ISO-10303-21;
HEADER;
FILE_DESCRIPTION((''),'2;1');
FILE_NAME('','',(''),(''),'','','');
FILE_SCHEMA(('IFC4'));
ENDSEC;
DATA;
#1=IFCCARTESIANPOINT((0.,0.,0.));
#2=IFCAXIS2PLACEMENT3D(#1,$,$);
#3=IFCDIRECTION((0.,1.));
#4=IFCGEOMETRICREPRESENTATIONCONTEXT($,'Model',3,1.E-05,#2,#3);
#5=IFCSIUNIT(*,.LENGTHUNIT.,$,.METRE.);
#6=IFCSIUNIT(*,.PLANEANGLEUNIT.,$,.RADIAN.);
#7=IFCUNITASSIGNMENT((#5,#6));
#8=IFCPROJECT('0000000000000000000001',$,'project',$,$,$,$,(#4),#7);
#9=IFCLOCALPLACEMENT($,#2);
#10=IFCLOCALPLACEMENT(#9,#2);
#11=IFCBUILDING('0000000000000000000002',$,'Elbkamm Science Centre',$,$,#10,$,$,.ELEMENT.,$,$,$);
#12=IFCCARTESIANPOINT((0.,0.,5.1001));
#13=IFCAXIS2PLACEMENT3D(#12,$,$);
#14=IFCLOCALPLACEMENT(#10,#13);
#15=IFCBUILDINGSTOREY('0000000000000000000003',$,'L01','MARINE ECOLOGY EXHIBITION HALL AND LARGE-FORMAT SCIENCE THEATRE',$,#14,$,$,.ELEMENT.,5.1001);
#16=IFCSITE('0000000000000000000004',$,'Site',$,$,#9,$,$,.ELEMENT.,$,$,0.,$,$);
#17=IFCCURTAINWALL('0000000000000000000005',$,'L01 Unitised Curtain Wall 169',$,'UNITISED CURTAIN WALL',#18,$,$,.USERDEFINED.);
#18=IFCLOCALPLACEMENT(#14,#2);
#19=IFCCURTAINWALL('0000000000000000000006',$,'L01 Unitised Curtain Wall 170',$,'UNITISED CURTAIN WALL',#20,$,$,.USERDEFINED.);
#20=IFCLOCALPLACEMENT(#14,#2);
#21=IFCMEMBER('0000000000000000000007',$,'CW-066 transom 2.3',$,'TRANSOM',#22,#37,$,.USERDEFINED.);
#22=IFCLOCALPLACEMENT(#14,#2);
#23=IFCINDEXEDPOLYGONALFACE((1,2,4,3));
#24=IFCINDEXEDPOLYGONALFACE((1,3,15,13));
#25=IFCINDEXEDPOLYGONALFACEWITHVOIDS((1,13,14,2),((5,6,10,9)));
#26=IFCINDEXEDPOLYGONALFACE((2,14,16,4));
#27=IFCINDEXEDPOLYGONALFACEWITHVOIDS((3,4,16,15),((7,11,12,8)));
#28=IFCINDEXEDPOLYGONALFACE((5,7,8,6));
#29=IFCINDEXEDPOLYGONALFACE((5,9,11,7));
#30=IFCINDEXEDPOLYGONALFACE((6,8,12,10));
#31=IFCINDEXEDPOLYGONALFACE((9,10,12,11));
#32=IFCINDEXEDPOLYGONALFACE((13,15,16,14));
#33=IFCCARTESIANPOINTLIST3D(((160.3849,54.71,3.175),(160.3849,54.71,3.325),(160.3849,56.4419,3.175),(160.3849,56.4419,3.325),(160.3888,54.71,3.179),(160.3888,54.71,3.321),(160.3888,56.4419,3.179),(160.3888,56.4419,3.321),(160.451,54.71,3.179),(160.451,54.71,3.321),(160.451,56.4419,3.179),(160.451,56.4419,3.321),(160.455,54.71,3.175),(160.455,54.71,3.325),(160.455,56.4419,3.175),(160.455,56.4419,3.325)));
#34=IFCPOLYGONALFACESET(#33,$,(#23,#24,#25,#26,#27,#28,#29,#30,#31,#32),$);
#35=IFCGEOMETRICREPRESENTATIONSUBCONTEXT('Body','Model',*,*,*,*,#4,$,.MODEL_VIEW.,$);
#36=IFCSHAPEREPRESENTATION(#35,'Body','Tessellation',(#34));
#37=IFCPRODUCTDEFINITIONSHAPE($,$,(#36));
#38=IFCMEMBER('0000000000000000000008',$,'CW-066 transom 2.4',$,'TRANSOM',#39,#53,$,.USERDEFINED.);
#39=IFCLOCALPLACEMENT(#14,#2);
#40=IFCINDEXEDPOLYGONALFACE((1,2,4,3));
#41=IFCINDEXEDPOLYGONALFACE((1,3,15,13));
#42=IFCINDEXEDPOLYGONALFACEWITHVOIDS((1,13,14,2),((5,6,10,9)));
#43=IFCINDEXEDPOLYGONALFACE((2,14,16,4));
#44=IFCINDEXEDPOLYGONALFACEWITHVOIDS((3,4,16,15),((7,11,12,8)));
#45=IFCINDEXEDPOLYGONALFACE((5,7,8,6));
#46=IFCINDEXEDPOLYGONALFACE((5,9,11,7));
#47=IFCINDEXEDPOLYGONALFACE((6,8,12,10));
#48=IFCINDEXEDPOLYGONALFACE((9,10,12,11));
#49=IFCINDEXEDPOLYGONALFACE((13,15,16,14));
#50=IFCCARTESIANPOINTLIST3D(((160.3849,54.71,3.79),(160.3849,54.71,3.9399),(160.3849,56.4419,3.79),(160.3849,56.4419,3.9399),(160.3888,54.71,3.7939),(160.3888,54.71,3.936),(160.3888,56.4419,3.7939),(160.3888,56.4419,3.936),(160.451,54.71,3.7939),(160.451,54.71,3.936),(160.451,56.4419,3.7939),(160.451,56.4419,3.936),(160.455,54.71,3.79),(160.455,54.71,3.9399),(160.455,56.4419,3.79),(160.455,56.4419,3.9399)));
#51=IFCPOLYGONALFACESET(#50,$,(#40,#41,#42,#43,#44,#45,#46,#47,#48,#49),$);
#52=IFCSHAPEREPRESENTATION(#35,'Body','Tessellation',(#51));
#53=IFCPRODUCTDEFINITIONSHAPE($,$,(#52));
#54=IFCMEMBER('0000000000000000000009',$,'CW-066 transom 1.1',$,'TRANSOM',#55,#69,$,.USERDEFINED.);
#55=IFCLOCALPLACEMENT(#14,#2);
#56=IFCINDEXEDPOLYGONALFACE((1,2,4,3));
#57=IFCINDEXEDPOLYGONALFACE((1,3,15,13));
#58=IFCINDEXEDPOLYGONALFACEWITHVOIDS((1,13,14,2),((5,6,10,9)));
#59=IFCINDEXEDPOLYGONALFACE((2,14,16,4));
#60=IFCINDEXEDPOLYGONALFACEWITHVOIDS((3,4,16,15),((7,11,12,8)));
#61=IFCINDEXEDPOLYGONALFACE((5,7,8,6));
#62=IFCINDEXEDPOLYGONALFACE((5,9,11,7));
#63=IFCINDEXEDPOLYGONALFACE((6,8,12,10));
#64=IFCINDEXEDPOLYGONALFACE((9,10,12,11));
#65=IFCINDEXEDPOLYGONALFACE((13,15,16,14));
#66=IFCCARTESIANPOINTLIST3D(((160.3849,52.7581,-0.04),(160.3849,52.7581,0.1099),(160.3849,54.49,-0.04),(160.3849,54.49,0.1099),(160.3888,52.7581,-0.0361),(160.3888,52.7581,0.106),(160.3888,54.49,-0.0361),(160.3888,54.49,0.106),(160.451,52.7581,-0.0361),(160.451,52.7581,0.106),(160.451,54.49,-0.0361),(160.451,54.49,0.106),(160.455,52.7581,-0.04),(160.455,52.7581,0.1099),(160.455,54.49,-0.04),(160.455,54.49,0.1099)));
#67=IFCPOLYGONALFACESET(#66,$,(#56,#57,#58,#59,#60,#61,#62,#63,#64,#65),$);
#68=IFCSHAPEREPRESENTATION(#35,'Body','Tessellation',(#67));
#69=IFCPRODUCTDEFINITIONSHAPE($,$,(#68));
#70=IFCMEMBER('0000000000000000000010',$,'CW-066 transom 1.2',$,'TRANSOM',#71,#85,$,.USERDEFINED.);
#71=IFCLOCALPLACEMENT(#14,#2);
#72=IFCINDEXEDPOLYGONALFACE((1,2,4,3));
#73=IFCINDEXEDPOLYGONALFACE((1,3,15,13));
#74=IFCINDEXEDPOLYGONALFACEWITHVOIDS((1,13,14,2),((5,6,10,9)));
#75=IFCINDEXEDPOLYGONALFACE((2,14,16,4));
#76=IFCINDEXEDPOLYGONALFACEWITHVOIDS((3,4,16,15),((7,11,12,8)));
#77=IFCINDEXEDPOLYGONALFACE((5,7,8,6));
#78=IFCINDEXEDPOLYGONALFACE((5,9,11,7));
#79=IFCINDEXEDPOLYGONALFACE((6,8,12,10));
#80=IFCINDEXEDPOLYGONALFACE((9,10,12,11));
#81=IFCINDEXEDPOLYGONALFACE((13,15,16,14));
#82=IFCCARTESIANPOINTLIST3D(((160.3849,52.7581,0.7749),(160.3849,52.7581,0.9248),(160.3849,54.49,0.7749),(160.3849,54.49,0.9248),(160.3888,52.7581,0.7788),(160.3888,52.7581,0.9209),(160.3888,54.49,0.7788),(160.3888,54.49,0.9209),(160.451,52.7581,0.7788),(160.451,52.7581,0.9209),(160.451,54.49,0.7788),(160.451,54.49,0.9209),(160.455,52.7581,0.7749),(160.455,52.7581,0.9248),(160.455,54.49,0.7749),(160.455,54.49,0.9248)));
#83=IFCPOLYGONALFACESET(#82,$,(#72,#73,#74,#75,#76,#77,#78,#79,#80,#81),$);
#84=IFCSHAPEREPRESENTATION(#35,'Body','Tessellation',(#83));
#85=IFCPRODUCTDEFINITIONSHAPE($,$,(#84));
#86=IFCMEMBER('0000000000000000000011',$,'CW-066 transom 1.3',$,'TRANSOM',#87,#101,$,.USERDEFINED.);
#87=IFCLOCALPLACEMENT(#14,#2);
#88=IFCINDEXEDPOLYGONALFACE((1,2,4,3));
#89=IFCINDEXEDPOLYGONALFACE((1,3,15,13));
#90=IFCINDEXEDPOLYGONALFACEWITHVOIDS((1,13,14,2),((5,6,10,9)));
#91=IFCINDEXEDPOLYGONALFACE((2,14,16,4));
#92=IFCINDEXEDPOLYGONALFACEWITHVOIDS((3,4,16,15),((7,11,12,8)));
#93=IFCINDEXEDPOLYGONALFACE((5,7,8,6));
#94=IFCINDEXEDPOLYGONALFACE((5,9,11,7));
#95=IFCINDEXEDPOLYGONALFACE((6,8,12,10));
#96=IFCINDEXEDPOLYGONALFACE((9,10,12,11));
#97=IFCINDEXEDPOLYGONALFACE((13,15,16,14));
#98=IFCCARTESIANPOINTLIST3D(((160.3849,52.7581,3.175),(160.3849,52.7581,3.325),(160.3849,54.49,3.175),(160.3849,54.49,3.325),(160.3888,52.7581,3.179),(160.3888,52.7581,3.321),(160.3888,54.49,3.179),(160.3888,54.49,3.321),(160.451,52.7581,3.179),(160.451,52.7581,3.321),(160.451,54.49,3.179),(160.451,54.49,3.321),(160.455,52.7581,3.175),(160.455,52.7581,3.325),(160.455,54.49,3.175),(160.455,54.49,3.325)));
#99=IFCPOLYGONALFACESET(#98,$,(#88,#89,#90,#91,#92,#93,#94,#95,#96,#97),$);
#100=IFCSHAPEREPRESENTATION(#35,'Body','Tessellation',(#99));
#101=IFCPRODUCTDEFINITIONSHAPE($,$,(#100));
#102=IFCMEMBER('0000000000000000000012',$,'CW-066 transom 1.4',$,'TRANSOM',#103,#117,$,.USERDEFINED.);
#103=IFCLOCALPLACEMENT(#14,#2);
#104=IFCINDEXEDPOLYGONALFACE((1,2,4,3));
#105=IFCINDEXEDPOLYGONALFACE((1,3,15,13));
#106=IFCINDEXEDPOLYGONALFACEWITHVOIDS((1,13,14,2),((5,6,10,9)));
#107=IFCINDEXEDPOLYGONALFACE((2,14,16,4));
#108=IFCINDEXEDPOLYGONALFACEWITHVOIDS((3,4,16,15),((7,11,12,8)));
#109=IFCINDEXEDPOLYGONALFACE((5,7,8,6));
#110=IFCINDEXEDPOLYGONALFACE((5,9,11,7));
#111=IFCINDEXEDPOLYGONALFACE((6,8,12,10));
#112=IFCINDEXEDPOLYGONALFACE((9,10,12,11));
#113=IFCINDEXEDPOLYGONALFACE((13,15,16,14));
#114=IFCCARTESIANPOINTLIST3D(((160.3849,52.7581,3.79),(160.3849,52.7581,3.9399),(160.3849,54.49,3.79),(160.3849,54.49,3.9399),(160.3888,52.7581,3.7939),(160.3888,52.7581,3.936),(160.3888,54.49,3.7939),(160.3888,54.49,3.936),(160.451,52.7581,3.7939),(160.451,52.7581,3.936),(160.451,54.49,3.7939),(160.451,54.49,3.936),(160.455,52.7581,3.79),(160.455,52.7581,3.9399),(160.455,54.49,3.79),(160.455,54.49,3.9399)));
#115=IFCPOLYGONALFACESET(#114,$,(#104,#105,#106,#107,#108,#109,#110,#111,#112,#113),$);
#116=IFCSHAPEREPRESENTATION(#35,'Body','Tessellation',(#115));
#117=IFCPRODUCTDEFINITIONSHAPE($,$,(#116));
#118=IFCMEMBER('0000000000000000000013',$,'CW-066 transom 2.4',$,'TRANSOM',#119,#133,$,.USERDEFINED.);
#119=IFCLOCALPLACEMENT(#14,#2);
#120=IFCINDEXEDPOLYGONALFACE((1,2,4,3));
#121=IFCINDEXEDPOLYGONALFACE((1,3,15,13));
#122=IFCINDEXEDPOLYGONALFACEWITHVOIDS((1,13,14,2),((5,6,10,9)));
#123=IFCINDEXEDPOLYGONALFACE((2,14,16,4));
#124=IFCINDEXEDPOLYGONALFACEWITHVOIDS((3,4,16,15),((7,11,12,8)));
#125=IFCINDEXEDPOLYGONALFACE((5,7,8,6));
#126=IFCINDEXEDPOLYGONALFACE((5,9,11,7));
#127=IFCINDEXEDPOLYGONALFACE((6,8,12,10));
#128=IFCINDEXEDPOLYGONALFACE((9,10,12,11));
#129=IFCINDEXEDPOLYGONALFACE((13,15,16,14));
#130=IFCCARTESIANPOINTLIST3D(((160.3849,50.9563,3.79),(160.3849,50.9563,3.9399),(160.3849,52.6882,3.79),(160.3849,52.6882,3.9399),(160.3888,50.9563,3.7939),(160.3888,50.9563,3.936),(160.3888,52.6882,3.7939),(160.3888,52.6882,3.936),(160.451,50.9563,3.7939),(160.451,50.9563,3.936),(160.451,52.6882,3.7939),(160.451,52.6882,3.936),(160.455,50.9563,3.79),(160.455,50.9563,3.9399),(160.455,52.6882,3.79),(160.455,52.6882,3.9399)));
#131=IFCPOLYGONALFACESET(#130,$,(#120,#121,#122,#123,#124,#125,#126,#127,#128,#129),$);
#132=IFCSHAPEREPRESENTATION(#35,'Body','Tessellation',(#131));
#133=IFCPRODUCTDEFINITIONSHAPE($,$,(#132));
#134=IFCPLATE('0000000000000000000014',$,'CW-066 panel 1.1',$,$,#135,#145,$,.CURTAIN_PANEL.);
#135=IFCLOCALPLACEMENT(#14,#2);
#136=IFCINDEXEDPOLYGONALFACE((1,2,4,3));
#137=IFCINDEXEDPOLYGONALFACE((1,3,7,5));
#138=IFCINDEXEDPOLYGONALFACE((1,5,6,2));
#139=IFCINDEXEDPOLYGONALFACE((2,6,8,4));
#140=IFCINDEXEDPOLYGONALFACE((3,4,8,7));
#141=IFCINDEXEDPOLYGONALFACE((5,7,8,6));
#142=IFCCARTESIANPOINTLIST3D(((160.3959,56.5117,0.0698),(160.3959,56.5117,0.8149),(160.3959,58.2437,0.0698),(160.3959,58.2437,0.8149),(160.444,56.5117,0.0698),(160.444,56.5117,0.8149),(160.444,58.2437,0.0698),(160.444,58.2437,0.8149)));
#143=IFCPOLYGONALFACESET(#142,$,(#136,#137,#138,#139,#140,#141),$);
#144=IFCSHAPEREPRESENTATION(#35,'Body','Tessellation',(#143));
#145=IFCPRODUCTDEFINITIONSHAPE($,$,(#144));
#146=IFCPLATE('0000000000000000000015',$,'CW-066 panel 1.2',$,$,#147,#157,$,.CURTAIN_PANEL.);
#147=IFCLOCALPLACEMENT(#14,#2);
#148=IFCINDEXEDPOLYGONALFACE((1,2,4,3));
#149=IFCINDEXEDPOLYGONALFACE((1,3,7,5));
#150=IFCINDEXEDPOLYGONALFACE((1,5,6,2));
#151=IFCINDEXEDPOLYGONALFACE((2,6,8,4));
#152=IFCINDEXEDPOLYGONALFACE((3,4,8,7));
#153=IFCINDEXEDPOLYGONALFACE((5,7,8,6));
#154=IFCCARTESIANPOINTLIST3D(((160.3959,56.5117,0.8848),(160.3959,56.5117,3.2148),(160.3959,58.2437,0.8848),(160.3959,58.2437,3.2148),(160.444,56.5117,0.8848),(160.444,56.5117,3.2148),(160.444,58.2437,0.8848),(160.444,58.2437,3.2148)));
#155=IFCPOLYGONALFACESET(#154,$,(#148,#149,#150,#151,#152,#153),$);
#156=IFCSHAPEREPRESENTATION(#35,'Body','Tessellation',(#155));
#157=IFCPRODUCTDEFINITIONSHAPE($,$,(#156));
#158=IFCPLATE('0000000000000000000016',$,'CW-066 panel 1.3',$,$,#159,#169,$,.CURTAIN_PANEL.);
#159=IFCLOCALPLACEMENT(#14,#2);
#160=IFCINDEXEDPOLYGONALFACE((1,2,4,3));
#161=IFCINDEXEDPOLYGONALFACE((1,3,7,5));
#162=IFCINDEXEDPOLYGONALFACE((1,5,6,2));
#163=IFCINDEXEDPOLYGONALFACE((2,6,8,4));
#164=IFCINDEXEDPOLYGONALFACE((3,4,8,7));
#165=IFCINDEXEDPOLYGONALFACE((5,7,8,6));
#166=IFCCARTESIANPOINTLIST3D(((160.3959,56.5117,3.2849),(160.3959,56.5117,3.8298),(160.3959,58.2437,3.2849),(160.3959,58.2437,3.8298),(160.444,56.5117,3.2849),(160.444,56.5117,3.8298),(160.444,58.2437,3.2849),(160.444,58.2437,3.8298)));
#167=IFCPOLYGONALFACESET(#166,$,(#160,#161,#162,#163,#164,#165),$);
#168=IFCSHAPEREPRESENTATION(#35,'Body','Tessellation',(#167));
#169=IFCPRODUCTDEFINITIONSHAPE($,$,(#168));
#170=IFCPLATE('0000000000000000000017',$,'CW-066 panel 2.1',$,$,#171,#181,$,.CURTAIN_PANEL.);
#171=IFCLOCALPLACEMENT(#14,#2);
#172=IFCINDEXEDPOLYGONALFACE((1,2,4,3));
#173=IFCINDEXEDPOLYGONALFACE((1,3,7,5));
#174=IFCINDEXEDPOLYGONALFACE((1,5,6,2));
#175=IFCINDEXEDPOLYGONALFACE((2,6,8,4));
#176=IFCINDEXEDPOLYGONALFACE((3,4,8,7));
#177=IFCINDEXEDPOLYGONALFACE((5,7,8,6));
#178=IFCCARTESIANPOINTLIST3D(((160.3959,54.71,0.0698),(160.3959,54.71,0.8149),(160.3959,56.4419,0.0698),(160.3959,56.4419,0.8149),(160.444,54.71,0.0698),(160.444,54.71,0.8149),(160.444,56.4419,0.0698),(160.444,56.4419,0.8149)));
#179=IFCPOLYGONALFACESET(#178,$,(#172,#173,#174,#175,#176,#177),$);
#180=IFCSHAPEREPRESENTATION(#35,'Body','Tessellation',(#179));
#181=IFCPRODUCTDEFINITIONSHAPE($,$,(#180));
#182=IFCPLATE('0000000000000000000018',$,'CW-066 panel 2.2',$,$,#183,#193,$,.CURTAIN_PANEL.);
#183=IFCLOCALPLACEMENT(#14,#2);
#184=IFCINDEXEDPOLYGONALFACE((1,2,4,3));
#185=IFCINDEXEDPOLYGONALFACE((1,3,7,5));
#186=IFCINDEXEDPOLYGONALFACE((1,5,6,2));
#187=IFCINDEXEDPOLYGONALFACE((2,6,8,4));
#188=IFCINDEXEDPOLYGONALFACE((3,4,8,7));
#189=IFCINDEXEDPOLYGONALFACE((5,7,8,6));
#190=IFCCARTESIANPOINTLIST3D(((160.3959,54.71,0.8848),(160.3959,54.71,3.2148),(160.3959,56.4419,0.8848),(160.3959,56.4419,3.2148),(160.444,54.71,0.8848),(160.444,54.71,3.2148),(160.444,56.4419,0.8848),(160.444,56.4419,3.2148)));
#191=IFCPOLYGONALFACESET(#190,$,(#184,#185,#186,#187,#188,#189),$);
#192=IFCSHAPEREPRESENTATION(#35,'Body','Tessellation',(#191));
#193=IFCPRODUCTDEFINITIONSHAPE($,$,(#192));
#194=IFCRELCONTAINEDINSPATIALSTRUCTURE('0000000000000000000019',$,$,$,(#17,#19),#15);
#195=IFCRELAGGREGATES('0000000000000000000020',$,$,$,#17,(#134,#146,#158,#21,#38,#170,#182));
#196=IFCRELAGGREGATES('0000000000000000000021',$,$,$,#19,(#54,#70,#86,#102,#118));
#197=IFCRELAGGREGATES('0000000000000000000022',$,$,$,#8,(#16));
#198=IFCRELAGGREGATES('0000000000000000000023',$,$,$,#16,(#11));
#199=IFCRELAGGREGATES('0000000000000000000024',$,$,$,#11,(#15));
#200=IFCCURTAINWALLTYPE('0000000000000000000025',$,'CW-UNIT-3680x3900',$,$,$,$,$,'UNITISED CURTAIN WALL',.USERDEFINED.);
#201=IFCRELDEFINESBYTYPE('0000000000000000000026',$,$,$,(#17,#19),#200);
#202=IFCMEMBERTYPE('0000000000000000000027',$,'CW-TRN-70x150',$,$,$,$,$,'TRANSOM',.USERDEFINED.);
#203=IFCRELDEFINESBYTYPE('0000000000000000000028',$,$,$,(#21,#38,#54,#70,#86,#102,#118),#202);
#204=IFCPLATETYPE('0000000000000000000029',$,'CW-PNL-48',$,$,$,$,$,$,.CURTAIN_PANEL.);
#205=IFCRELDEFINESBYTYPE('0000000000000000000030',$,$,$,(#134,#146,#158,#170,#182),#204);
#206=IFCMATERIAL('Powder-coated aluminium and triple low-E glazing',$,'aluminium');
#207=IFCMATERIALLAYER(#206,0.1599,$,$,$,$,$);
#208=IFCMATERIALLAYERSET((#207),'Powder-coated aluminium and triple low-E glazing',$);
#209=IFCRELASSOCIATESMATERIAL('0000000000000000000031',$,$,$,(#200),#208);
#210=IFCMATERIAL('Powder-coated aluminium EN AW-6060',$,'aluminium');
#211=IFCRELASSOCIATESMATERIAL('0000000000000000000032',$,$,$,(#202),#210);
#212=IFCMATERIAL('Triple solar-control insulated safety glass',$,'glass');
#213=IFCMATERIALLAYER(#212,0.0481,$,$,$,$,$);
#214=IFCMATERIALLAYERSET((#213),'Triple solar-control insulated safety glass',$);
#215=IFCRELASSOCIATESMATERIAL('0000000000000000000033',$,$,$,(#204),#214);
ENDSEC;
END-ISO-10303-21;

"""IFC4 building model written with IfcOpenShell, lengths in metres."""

from ifc_helpers import new_model, si_unit, direction, frame, origin, origin_2d, place, context, subcontext, project, spatial, rectangle, hollow_rectangle, extrude, material, layer, layer_set, material_profile, profile_set, type_object, element, aggregate, save


model = new_model("IFC4")

# Units and contexts
model_context = context("Model", 3, precision=1e-05, world=origin(), true_north=direction((0.0, 1.0)))
body_context = subcontext(model_context, "Body", "Model", "MODEL_VIEW")
ifc_project = project(units=[si_unit("LENGTHUNIT", "METRE"), si_unit("PLANEANGLEUNIT", "RADIAN")], contexts=[model_context])

# Site, building, storey
site_placement = place(None, origin())
site = spatial("IfcSite", under=ifc_project, at=site_placement, Name="Site", CompositionType="ELEMENT", RefElevation=0.0)
building_placement = place(site_placement, origin())
building = spatial("IfcBuilding", under=site, at=building_placement, Name="Elbkamm Science Centre", CompositionType="ELEMENT")
storey_placement = place(building_placement, frame((0.0, 0.0, 5.1001)))
storey = spatial("IfcBuildingStorey", under=building, at=storey_placement, Name="L01", Description="MARINE ECOLOGY EXHIBITION HALL AND LARGE-FORMAT SCIENCE THEATRE", CompositionType="ELEMENT", Elevation=5.1001)

# Curtain walls
ifc_material_1 = material(Name="Powder-coated aluminium and triple low-E glazing", Category="aluminium")
ifc_layer_1 = layer(ifc_material_1, 0.1599)
ifc_layer_set_1 = layer_set([ifc_layer_1], Name="Powder-coated aluminium and triple low-E glazing")
curtain_wall_type = type_object("IfcCurtainWallType", Name="CW-UNIT-3680x3900", ElementType="UNITISED CURTAIN WALL", PredefinedType="USERDEFINED", material=ifc_layer_set_1)
curtain_wall_1_placement = place(storey_placement, origin())
curtain_wall_1 = element("IfcCurtainWall", 1, at=curtain_wall_1_placement, inside=storey, type_object=curtain_wall_type, Name="L01 Unitised Curtain Wall 169", ObjectType="UNITISED CURTAIN WALL", PredefinedType="USERDEFINED")
ifc_material_2 = material(Name="Powder-coated aluminium EN AW-6060", Category="aluminium")
curtain_wall_2_placement = place(storey_placement, origin())
curtain_wall_2 = element("IfcCurtainWall", 2, at=curtain_wall_2_placement, inside=storey, type_object=curtain_wall_type, Name="L01 Unitised Curtain Wall 170", ObjectType="UNITISED CURTAIN WALL", PredefinedType="USERDEFINED")

# Members
ifc_material_profile_1 = material_profile(ifc_material_2, hollow_rectangle(XDim=0.0701, YDim=0.1499, WallThickness=0.0039, at=origin_2d()), Name="ALU T70x150")
ifc_profile_set_1 = profile_set([ifc_material_profile_1], Name="Powder-coated aluminium EN AW-6060")
member_type_1 = type_object("IfcMemberType", Name="CW-TRN-70x150", ElementType="TRANSOM", PredefinedType="USERDEFINED", material=ifc_profile_set_1)
member_1_placement = place(storey_placement, frame((160.4199, 56.4419, 3.25), z_axis=(0.0, -1.0, 0.0), x_axis=(1.0, 0.0, 0.0)))
member_1 = element("IfcMember", 3, at=member_1_placement, type_object=member_type_1, Name="CW-066 transom 2.3", ObjectType="TRANSOM", PredefinedType="USERDEFINED", context=body_context, shape_type="SweptSolid", body=[
    extrude(hollow_rectangle(XDim=0.0701, YDim=0.1499, WallThickness=0.0039, at=origin_2d()), origin(), (0.0, 0.0, 1.0), 1.7319),
])
member_2_placement = place(storey_placement, frame((160.4199, 56.4419, 3.865), z_axis=(0.0, -1.0, 0.0), x_axis=(1.0, 0.0, 0.0)))
member_2 = element("IfcMember", 4, at=member_2_placement, type_object=member_type_1, Name="CW-066 transom 2.4", ObjectType="TRANSOM", PredefinedType="USERDEFINED", context=body_context, shape_type="SweptSolid", body=[
    extrude(hollow_rectangle(XDim=0.0701, YDim=0.1499, WallThickness=0.0039, at=origin_2d()), origin(), (0.0, 0.0, 1.0), 1.7319),
])
member_3_placement = place(storey_placement, frame((160.4199, 54.49, 0.0349), z_axis=(0.0, -1.0, 0.0), x_axis=(1.0, 0.0, 0.0)))
member_3 = element("IfcMember", 5, at=member_3_placement, type_object=member_type_1, Name="CW-066 transom 1.1", ObjectType="TRANSOM", PredefinedType="USERDEFINED", context=body_context, shape_type="SweptSolid", body=[
    extrude(hollow_rectangle(XDim=0.0701, YDim=0.1499, WallThickness=0.0039, at=origin_2d()), origin(), (0.0, 0.0, 1.0), 1.7319),
])
member_4_placement = place(storey_placement, frame((160.4199, 54.49, 0.8499), z_axis=(0.0, -1.0, 0.0), x_axis=(1.0, 0.0, 0.0)))
member_4 = element("IfcMember", 6, at=member_4_placement, type_object=member_type_1, Name="CW-066 transom 1.2", ObjectType="TRANSOM", PredefinedType="USERDEFINED", context=body_context, shape_type="SweptSolid", body=[
    extrude(hollow_rectangle(XDim=0.0701, YDim=0.1499, WallThickness=0.0039, at=origin_2d()), origin(), (0.0, 0.0, 1.0), 1.7319),
])
member_5_placement = place(storey_placement, frame((160.4199, 54.49, 3.25), z_axis=(0.0, -1.0, 0.0), x_axis=(1.0, 0.0, 0.0)))
member_5 = element("IfcMember", 7, at=member_5_placement, type_object=member_type_1, Name="CW-066 transom 1.3", ObjectType="TRANSOM", PredefinedType="USERDEFINED", context=body_context, shape_type="SweptSolid", body=[
    extrude(hollow_rectangle(XDim=0.0701, YDim=0.1499, WallThickness=0.0039, at=origin_2d()), origin(), (0.0, 0.0, 1.0), 1.7319),
])
member_6_placement = place(storey_placement, frame((160.4199, 54.49, 3.865), z_axis=(0.0, -1.0, 0.0), x_axis=(1.0, 0.0, 0.0)))
member_6 = element("IfcMember", 8, at=member_6_placement, type_object=member_type_1, Name="CW-066 transom 1.4", ObjectType="TRANSOM", PredefinedType="USERDEFINED", context=body_context, shape_type="SweptSolid", body=[
    extrude(hollow_rectangle(XDim=0.0701, YDim=0.1499, WallThickness=0.0039, at=origin_2d()), origin(), (0.0, 0.0, 1.0), 1.7319),
])
member_7_placement = place(storey_placement, frame((160.4199, 52.6882, 3.865), z_axis=(0.0, -1.0, 0.0), x_axis=(1.0, 0.0, 0.0)))
member_7 = element("IfcMember", 9, at=member_7_placement, type_object=member_type_1, Name="CW-066 transom 2.4", ObjectType="TRANSOM", PredefinedType="USERDEFINED", context=body_context, shape_type="SweptSolid", body=[
    extrude(hollow_rectangle(XDim=0.0701, YDim=0.1499, WallThickness=0.0039, at=origin_2d()), origin(), (0.0, 0.0, 1.0), 1.7319),
])

# Plates
ifc_material_3 = material(Name="Triple solar-control insulated safety glass", Category="glass")
ifc_layer_2 = layer(ifc_material_3, 0.0481)
ifc_layer_set_2 = layer_set([ifc_layer_2], Name="Triple solar-control insulated safety glass")
plate_type = type_object("IfcPlateType", Name="CW-PNL-48", PredefinedType="CURTAIN_PANEL", material=ifc_layer_set_2)
plate_1_placement = place(storey_placement, frame((160.4199, 57.3777, 0.0698), z_axis=(0.0, 0.0, 1.0), x_axis=(0.0, -1.0, 0.0)))
plate_1 = element("IfcPlate", 10, at=plate_1_placement, type_object=plate_type, Name="CW-066 panel 1.1", PredefinedType="CURTAIN_PANEL", context=body_context, shape_type="SweptSolid", body=[
    extrude(rectangle(XDim=1.7319, YDim=0.0481, at=origin_2d()), origin(), (0.0, 0.0, 1.0), 0.7451),
])
plate_2_placement = place(storey_placement, frame((160.4199, 57.3777, 0.8848), z_axis=(0.0, 0.0, 1.0), x_axis=(0.0, -1.0, 0.0)))
plate_2 = element("IfcPlate", 11, at=plate_2_placement, type_object=plate_type, Name="CW-066 panel 1.2", PredefinedType="CURTAIN_PANEL", context=body_context, shape_type="SweptSolid", body=[
    extrude(rectangle(XDim=1.7319, YDim=0.0481, at=origin_2d()), origin(), (0.0, 0.0, 1.0), 2.3301),
])
plate_3_placement = place(storey_placement, frame((160.4199, 57.3777, 3.2849), z_axis=(0.0, 0.0, 1.0), x_axis=(0.0, -1.0, 0.0)))
plate_3 = element("IfcPlate", 12, at=plate_3_placement, type_object=plate_type, Name="CW-066 panel 1.3", PredefinedType="CURTAIN_PANEL", context=body_context, shape_type="SweptSolid", body=[
    extrude(rectangle(XDim=1.7319, YDim=0.0481, at=origin_2d()), origin(), (0.0, 0.0, 1.0), 0.5449),
])
plate_4_placement = place(storey_placement, frame((160.4199, 55.5759, 0.0698), z_axis=(0.0, 0.0, 1.0), x_axis=(0.0, -1.0, 0.0)))
plate_4 = element("IfcPlate", 13, at=plate_4_placement, type_object=plate_type, Name="CW-066 panel 2.1", PredefinedType="CURTAIN_PANEL", context=body_context, shape_type="SweptSolid", body=[
    extrude(rectangle(XDim=1.7319, YDim=0.0481, at=origin_2d()), origin(), (0.0, 0.0, 1.0), 0.7451),
])
plate_5_placement = place(storey_placement, frame((160.4199, 55.5759, 0.8848), z_axis=(0.0, 0.0, 1.0), x_axis=(0.0, -1.0, 0.0)))
plate_5 = element("IfcPlate", 14, at=plate_5_placement, type_object=plate_type, Name="CW-066 panel 2.2", PredefinedType="CURTAIN_PANEL", context=body_context, shape_type="SweptSolid", body=[
    extrude(rectangle(XDim=1.7319, YDim=0.0481, at=origin_2d()), origin(), (0.0, 0.0, 1.0), 2.3301),
])
aggregate(curtain_wall_1, [plate_1, plate_2, plate_3, member_1, member_2, plate_4, plate_5])
aggregate(curtain_wall_2, [member_3, member_4, member_5, member_6, member_7])

save(model, "model.ifc")
